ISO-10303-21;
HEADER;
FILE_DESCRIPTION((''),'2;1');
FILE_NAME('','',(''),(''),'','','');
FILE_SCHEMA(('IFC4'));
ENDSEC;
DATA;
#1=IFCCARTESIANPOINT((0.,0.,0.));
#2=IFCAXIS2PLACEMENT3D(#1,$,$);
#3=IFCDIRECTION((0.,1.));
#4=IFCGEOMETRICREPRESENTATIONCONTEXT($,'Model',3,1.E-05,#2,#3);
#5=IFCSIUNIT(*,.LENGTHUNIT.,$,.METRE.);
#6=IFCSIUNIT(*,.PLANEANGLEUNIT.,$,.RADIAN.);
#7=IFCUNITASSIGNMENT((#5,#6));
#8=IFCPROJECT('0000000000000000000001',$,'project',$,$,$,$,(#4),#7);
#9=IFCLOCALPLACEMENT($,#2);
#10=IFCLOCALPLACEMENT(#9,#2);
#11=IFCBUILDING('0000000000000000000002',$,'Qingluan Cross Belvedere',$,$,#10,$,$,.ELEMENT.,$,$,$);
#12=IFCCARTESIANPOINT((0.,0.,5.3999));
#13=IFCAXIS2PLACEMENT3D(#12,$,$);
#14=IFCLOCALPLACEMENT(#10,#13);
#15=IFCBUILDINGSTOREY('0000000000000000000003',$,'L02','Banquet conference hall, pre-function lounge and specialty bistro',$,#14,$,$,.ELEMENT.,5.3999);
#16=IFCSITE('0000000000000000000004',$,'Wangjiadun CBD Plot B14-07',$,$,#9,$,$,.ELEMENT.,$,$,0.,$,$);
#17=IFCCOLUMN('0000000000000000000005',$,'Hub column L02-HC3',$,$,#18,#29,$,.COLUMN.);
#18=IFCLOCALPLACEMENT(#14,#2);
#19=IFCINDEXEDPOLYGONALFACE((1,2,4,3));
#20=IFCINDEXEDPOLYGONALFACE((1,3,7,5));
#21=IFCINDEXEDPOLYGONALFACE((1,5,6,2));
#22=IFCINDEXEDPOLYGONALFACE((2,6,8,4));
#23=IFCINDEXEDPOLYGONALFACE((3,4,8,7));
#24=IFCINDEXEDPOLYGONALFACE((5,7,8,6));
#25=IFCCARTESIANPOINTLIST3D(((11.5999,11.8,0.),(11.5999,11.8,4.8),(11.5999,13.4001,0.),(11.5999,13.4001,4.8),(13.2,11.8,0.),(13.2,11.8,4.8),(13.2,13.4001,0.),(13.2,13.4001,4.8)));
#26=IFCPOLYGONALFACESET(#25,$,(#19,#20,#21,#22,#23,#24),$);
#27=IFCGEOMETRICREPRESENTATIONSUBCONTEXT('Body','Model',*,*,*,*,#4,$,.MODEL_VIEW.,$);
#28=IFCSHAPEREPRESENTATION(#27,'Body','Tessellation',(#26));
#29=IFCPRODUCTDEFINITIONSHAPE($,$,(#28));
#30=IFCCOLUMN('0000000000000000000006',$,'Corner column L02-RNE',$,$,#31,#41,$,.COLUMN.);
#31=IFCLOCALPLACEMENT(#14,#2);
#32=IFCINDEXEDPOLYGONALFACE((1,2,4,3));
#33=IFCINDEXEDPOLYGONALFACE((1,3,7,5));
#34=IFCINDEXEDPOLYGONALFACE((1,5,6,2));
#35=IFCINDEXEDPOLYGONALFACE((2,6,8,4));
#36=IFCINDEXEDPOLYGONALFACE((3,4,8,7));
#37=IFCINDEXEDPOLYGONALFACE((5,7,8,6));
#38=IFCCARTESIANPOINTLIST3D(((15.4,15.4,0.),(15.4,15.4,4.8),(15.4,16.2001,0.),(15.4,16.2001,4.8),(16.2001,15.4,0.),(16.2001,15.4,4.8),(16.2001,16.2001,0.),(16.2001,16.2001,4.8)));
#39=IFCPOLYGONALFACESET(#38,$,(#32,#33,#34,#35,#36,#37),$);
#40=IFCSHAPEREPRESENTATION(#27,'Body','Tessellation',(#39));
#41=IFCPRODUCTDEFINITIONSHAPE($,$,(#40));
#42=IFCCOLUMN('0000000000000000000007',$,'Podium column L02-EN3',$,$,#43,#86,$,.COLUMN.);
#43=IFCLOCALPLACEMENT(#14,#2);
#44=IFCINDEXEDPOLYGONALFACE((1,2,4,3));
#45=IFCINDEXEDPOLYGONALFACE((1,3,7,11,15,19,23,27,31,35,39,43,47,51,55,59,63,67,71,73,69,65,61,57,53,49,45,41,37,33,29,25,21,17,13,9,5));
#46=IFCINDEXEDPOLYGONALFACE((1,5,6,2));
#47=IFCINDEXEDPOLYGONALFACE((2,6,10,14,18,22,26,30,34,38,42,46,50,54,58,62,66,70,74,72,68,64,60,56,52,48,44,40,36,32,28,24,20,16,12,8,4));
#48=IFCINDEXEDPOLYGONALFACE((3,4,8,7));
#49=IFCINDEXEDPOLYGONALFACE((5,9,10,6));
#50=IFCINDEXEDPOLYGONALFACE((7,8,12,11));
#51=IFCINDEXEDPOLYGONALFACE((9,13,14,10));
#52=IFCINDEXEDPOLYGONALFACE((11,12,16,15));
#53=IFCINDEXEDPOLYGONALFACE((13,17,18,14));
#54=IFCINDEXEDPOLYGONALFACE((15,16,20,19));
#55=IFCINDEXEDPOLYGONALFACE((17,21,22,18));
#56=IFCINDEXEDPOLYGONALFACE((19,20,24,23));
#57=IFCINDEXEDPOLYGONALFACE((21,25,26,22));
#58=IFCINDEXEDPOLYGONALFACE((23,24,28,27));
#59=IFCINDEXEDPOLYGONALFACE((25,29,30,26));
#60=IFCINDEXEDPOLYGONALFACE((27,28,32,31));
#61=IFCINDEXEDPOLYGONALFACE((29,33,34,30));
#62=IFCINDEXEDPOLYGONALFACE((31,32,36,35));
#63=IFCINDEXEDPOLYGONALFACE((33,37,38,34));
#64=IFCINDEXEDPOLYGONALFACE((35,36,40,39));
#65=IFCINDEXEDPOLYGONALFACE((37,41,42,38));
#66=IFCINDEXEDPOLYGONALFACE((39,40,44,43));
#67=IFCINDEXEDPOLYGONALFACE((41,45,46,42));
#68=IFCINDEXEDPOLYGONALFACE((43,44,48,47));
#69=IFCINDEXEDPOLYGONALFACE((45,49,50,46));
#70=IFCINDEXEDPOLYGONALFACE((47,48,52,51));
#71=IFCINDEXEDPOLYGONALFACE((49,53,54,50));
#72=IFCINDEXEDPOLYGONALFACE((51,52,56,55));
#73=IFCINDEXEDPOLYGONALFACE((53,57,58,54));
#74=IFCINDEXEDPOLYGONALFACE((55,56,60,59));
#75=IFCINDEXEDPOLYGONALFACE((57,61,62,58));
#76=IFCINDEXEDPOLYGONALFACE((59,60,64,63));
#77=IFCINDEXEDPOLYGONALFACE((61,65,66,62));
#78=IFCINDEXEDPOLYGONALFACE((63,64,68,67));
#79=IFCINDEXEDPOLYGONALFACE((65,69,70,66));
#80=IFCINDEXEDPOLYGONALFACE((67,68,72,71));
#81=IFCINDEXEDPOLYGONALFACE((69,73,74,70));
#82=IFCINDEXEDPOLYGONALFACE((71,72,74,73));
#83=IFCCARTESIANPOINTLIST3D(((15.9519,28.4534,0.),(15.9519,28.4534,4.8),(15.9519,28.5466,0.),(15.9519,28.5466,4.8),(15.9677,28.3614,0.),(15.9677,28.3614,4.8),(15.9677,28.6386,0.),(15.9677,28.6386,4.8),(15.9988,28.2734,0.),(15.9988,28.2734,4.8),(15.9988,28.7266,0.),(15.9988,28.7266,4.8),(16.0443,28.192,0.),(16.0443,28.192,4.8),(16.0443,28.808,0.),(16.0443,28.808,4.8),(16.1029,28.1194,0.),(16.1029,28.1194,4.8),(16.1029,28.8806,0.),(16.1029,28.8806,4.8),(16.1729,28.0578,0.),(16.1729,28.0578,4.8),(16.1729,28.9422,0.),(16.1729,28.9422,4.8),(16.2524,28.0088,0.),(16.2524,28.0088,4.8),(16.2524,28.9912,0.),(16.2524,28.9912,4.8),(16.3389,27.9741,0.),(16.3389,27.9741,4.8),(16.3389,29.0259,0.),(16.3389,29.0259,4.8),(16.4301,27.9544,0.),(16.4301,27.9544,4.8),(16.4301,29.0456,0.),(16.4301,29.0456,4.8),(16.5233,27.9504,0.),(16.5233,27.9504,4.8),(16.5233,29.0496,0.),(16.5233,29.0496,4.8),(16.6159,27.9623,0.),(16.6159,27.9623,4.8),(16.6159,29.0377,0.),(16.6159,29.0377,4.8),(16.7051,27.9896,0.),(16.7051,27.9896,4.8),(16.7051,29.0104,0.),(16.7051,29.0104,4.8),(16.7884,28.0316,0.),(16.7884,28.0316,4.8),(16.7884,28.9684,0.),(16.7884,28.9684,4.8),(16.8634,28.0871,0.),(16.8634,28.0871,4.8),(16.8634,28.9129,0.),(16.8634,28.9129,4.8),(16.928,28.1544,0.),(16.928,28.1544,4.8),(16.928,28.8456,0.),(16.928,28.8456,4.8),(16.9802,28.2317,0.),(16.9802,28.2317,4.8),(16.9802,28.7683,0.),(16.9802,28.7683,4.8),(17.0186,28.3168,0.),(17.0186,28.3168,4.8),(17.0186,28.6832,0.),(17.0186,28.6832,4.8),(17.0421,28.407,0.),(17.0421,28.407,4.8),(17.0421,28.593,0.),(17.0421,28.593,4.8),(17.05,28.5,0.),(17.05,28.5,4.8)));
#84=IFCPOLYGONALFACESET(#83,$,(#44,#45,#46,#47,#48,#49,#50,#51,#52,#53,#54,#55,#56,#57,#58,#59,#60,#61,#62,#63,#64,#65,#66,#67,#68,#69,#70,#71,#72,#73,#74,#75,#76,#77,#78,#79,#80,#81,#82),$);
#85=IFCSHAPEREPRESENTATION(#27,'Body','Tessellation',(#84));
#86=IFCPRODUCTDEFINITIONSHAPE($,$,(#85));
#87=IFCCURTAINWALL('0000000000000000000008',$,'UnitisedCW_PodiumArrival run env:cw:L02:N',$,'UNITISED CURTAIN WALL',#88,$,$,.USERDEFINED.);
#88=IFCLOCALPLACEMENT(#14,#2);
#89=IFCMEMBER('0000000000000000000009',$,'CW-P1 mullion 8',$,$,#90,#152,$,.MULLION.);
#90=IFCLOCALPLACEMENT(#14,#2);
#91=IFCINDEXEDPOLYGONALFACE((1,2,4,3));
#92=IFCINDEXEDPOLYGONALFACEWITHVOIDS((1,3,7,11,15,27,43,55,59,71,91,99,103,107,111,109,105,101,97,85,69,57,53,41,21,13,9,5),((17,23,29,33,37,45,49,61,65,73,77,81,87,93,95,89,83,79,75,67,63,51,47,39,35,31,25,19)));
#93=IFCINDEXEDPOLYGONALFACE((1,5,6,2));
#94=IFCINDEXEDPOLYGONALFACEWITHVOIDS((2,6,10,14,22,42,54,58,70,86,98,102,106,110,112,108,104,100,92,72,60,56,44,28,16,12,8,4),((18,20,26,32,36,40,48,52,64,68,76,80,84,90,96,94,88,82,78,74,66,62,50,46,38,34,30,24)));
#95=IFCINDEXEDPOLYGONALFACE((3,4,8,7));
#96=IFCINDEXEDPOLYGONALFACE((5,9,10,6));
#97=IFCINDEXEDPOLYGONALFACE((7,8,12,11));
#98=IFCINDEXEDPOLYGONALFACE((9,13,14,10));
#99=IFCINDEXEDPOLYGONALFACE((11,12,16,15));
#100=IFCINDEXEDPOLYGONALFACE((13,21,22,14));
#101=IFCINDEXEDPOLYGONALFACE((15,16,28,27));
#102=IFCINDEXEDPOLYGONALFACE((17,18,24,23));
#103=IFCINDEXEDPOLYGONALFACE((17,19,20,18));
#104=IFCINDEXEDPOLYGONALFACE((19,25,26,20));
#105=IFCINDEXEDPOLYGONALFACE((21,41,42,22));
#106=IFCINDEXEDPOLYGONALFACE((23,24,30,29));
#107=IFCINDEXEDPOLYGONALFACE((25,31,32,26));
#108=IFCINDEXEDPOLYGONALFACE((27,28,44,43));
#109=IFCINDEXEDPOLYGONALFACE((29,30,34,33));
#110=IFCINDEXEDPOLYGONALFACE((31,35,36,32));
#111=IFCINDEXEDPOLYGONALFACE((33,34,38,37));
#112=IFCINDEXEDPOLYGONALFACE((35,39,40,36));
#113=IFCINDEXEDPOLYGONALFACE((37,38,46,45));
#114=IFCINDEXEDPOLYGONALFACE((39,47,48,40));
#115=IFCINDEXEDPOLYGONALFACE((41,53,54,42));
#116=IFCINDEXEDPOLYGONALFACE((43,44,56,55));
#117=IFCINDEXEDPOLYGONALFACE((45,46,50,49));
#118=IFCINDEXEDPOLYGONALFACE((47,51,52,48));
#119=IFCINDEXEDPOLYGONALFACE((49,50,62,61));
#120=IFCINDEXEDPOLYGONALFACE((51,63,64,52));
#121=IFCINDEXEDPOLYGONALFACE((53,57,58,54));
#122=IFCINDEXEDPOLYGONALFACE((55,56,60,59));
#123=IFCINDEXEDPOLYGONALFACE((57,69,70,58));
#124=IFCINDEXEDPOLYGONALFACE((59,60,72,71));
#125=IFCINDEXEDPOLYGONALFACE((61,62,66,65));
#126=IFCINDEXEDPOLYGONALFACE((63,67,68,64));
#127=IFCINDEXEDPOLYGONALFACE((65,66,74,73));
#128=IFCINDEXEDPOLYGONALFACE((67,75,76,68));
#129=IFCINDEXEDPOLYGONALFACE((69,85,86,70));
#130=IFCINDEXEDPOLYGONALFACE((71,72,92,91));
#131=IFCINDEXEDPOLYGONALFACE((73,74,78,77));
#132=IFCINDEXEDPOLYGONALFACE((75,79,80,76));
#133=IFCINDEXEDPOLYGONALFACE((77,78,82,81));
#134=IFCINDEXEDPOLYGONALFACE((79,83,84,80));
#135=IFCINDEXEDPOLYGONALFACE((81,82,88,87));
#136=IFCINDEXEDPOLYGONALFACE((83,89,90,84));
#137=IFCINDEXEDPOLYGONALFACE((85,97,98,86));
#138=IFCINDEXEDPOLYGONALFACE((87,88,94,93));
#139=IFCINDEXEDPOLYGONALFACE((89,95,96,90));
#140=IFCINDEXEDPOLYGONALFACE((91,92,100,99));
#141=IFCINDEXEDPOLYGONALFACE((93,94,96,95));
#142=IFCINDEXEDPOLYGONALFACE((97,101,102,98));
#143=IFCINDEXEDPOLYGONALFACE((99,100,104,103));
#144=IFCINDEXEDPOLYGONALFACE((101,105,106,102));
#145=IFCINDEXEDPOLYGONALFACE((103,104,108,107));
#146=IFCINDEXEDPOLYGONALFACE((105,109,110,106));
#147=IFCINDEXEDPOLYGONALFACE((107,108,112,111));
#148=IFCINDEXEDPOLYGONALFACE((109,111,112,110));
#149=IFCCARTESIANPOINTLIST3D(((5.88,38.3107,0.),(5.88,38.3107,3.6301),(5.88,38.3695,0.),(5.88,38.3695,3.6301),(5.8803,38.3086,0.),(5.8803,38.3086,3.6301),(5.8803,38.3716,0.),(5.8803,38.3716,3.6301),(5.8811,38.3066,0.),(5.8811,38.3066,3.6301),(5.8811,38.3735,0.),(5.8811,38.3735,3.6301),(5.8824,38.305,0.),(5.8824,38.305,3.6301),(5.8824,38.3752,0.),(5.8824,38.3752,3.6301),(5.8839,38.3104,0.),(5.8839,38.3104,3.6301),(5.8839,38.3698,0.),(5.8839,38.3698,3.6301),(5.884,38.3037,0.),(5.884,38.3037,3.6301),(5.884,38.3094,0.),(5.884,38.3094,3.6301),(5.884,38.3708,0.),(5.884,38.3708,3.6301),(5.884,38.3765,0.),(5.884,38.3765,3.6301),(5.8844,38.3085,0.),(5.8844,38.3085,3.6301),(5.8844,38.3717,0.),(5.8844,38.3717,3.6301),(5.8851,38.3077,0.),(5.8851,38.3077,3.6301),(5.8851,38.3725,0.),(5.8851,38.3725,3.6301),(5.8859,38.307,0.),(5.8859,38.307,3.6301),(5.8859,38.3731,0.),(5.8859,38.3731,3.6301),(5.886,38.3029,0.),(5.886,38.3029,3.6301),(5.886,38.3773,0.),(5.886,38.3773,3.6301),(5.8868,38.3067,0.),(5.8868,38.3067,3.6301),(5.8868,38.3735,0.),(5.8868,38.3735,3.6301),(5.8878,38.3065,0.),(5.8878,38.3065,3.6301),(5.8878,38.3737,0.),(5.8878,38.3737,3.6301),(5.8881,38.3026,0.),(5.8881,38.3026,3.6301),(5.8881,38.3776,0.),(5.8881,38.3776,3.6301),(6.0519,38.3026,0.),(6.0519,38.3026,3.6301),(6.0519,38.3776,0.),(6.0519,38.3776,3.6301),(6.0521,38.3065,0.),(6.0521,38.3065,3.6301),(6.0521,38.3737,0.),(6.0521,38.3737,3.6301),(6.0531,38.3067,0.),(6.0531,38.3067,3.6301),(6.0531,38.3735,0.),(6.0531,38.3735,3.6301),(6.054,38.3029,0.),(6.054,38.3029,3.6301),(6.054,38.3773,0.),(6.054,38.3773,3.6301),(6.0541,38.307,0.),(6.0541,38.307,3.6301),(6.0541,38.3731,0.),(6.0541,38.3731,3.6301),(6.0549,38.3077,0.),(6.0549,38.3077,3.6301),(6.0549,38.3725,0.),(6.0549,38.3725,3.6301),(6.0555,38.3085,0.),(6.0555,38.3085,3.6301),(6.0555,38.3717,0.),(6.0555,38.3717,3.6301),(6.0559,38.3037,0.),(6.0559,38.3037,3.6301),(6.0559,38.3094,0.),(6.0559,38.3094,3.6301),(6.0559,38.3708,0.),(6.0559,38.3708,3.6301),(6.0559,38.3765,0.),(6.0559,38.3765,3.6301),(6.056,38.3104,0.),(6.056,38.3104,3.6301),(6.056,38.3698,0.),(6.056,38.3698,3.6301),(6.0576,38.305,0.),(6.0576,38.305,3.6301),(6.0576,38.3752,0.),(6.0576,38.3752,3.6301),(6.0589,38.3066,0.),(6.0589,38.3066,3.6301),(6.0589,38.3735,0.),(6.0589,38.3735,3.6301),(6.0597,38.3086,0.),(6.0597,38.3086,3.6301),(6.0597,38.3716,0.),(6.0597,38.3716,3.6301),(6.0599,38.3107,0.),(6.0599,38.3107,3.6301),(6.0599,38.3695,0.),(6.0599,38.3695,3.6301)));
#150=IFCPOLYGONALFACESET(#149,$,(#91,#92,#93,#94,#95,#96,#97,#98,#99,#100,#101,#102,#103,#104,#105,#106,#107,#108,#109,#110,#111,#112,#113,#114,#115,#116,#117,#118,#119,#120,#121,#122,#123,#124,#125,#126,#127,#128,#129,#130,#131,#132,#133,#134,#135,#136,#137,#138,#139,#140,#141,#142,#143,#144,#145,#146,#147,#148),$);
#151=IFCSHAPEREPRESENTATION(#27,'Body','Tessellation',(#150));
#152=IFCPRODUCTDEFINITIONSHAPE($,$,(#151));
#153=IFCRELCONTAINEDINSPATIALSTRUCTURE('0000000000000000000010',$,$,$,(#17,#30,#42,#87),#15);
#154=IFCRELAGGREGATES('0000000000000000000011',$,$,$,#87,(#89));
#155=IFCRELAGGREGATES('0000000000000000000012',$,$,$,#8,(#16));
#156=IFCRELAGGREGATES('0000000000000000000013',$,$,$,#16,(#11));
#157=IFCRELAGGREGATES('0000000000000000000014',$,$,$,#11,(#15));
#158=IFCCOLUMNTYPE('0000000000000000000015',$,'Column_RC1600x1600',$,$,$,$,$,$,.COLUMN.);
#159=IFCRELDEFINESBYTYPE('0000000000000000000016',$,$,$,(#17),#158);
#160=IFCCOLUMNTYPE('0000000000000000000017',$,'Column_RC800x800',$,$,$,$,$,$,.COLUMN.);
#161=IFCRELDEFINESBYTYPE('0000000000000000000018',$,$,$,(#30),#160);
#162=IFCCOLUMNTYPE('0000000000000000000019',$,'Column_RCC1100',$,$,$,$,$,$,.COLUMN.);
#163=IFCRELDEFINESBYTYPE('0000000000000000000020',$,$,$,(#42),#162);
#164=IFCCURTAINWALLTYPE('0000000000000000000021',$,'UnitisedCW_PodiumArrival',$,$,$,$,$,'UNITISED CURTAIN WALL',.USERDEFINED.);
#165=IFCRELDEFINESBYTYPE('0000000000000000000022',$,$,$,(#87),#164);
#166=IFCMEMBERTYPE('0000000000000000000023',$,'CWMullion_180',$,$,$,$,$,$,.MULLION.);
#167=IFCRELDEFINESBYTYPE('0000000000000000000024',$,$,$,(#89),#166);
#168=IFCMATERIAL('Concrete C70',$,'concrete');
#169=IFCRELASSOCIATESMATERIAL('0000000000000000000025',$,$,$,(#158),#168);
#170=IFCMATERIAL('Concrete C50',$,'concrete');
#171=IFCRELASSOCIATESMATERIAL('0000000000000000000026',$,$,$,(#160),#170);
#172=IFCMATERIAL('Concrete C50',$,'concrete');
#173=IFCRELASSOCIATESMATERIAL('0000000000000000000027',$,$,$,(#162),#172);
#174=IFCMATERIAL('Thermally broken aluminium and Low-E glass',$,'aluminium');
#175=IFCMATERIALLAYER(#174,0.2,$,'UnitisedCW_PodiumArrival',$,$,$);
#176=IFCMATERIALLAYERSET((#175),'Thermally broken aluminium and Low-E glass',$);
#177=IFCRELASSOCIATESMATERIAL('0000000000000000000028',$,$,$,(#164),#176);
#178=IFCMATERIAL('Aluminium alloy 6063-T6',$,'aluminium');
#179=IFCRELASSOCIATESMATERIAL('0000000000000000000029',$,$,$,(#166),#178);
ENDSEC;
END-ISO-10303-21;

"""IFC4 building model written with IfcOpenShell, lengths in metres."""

from ifc_helpers import new_model, si_unit, direction, frame, origin, origin_2d, place, context, subcontext, project, spatial, rectangle, hollow_rectangle, circle, extrude, material, layer, layer_set, material_profile, profile_set, type_object, element, aggregate, save


model = new_model("IFC4")

# Units and contexts
model_context = context("Model", 3, precision=1e-05, world=origin(), true_north=direction((0.0, 1.0)))
body_context = subcontext(model_context, "Body", "Model", "MODEL_VIEW")
ifc_project = project(units=[si_unit("LENGTHUNIT", "METRE"), si_unit("PLANEANGLEUNIT", "RADIAN")], contexts=[model_context])

# Site, building, storey
site_placement = place(None, origin())
site = spatial("IfcSite", under=ifc_project, at=site_placement, Name="Wangjiadun CBD Plot B14-07", CompositionType="ELEMENT", RefElevation=0.0)
building_placement = place(site_placement, origin())
building = spatial("IfcBuilding", under=site, at=building_placement, Name="Qingluan Cross Belvedere", CompositionType="ELEMENT")
storey_placement = place(building_placement, frame((0.0, 0.0, 5.3999)))
storey = spatial("IfcBuildingStorey", under=building, at=storey_placement, Name="L02", Description="Banquet conference hall, pre-function lounge and specialty bistro", CompositionType="ELEMENT", Elevation=5.3999)

# Columns
ifc_material_1 = material(Name="Concrete C70", Category="concrete")
ifc_material_profile_1 = material_profile(ifc_material_1, rectangle(XDim=1.6001, YDim=1.6001, at=origin_2d()), Name="RC1600x1600")
ifc_profile_set_1 = profile_set([ifc_material_profile_1], Name="Concrete C70")
column_type_1 = type_object("IfcColumnType", Name="Column_RC1600x1600", PredefinedType="COLUMN", material=ifc_profile_set_1)
column_1_placement = place(storey_placement, frame((12.3999, 12.6001, 0.0), z_axis=(0.0, 0.0, 1.0), x_axis=(1.0, 0.0, 0.0)))
element("IfcColumn", 1, at=column_1_placement, inside=storey, type_object=column_type_1, Name="Hub column L02-HC3", PredefinedType="COLUMN", context=body_context, shape_type="SweptSolid", body=[
    extrude(rectangle(XDim=1.6001, YDim=1.6001, at=origin_2d()), origin(), (0.0, 0.0, 1.0), 4.8),
])
ifc_material_2 = material(Name="Concrete C50", Category="concrete")
ifc_material_profile_2 = material_profile(ifc_material_2, rectangle(XDim=0.8, YDim=0.8, at=origin_2d()), Name="RC800x800")
ifc_profile_set_2 = profile_set([ifc_material_profile_2], Name="Concrete C50")
column_type_2 = type_object("IfcColumnType", Name="Column_RC800x800", PredefinedType="COLUMN", material=ifc_profile_set_2)
column_2_placement = place(storey_placement, frame((15.8, 15.8, 0.0), z_axis=(0.0, 0.0, 1.0), x_axis=(1.0, 0.0, 0.0)))
element("IfcColumn", 2, at=column_2_placement, inside=storey, type_object=column_type_2, Name="Corner column L02-RNE", PredefinedType="COLUMN", context=body_context, shape_type="SweptSolid", body=[
    extrude(rectangle(XDim=0.8, YDim=0.8, at=origin_2d()), origin(), (0.0, 0.0, 1.0), 4.8),
])
ifc_material_3 = material(Name="Concrete C50", Category="concrete")
ifc_material_profile_3 = material_profile(ifc_material_3, circle(Radius=0.55, at=origin_2d()), Name="RCC1100")
ifc_profile_set_3 = profile_set([ifc_material_profile_3], Name="Concrete C50")
column_type_3 = type_object("IfcColumnType", Name="Column_RCC1100", PredefinedType="COLUMN", material=ifc_profile_set_3)
column_3_placement = place(storey_placement, frame((16.5, 28.5, 0.0), z_axis=(0.0, 0.0, 1.0), x_axis=(1.0, 0.0, 0.0)))
element("IfcColumn", 3, at=column_3_placement, inside=storey, type_object=column_type_3, Name="Podium column L02-EN3", PredefinedType="COLUMN", context=body_context, shape_type="SweptSolid", body=[
    extrude(circle(Radius=0.55, at=origin_2d()), origin(), (0.0, 0.0, 1.0), 4.8),
])

# Curtain wall, member
ifc_material_4 = material(Name="Thermally broken aluminium and Low-E glass", Category="aluminium")
ifc_layer_1 = layer(ifc_material_4, 0.2, Name="UnitisedCW_PodiumArrival")
ifc_layer_set_1 = layer_set([ifc_layer_1], Name="Thermally broken aluminium and Low-E glass")
curtain_wall_type = type_object("IfcCurtainWallType", Name="UnitisedCW_PodiumArrival", ElementType="UNITISED CURTAIN WALL", PredefinedType="USERDEFINED", material=ifc_layer_set_1)
curtain_wall_placement = place(storey_placement, origin())
curtain_wall = element("IfcCurtainWall", 4, at=curtain_wall_placement, inside=storey, type_object=curtain_wall_type, Name="UnitisedCW_PodiumArrival run env:cw:L02:N", ObjectType="UNITISED CURTAIN WALL", PredefinedType="USERDEFINED")
ifc_material_5 = material(Name="Aluminium alloy 6063-T6", Category="aluminium")
ifc_material_profile_4 = material_profile(ifc_material_5, hollow_rectangle(XDim=0.075, YDim=0.1799, WallThickness=0.0039, InnerFilletRadius=0.0039, OuterFilletRadius=0.0081, at=origin_2d()), Name="CWM180x75x4")
ifc_profile_set_4 = profile_set([ifc_material_profile_4], Name="Aluminium alloy 6063-T6")
member_type = type_object("IfcMemberType", Name="CWMullion_180", PredefinedType="MULLION", material=ifc_profile_set_4)
member_placement = place(storey_placement, frame((5.97, 38.3401, 0.0), z_axis=(0.0, 0.0, 1.0), x_axis=(0.0, 1.0, 0.0)))
member = element("IfcMember", 5, at=member_placement, type_object=member_type, Name="CW-P1 mullion 8", PredefinedType="MULLION", context=body_context, shape_type="SweptSolid", body=[
    extrude(hollow_rectangle(XDim=0.075, YDim=0.1799, WallThickness=0.0039, InnerFilletRadius=0.0039, OuterFilletRadius=0.0081, at=origin_2d()), origin(), (0.0, 0.0, 1.0), 3.6301),
])
aggregate(curtain_wall, [member])

save(model, "model.ifc")
